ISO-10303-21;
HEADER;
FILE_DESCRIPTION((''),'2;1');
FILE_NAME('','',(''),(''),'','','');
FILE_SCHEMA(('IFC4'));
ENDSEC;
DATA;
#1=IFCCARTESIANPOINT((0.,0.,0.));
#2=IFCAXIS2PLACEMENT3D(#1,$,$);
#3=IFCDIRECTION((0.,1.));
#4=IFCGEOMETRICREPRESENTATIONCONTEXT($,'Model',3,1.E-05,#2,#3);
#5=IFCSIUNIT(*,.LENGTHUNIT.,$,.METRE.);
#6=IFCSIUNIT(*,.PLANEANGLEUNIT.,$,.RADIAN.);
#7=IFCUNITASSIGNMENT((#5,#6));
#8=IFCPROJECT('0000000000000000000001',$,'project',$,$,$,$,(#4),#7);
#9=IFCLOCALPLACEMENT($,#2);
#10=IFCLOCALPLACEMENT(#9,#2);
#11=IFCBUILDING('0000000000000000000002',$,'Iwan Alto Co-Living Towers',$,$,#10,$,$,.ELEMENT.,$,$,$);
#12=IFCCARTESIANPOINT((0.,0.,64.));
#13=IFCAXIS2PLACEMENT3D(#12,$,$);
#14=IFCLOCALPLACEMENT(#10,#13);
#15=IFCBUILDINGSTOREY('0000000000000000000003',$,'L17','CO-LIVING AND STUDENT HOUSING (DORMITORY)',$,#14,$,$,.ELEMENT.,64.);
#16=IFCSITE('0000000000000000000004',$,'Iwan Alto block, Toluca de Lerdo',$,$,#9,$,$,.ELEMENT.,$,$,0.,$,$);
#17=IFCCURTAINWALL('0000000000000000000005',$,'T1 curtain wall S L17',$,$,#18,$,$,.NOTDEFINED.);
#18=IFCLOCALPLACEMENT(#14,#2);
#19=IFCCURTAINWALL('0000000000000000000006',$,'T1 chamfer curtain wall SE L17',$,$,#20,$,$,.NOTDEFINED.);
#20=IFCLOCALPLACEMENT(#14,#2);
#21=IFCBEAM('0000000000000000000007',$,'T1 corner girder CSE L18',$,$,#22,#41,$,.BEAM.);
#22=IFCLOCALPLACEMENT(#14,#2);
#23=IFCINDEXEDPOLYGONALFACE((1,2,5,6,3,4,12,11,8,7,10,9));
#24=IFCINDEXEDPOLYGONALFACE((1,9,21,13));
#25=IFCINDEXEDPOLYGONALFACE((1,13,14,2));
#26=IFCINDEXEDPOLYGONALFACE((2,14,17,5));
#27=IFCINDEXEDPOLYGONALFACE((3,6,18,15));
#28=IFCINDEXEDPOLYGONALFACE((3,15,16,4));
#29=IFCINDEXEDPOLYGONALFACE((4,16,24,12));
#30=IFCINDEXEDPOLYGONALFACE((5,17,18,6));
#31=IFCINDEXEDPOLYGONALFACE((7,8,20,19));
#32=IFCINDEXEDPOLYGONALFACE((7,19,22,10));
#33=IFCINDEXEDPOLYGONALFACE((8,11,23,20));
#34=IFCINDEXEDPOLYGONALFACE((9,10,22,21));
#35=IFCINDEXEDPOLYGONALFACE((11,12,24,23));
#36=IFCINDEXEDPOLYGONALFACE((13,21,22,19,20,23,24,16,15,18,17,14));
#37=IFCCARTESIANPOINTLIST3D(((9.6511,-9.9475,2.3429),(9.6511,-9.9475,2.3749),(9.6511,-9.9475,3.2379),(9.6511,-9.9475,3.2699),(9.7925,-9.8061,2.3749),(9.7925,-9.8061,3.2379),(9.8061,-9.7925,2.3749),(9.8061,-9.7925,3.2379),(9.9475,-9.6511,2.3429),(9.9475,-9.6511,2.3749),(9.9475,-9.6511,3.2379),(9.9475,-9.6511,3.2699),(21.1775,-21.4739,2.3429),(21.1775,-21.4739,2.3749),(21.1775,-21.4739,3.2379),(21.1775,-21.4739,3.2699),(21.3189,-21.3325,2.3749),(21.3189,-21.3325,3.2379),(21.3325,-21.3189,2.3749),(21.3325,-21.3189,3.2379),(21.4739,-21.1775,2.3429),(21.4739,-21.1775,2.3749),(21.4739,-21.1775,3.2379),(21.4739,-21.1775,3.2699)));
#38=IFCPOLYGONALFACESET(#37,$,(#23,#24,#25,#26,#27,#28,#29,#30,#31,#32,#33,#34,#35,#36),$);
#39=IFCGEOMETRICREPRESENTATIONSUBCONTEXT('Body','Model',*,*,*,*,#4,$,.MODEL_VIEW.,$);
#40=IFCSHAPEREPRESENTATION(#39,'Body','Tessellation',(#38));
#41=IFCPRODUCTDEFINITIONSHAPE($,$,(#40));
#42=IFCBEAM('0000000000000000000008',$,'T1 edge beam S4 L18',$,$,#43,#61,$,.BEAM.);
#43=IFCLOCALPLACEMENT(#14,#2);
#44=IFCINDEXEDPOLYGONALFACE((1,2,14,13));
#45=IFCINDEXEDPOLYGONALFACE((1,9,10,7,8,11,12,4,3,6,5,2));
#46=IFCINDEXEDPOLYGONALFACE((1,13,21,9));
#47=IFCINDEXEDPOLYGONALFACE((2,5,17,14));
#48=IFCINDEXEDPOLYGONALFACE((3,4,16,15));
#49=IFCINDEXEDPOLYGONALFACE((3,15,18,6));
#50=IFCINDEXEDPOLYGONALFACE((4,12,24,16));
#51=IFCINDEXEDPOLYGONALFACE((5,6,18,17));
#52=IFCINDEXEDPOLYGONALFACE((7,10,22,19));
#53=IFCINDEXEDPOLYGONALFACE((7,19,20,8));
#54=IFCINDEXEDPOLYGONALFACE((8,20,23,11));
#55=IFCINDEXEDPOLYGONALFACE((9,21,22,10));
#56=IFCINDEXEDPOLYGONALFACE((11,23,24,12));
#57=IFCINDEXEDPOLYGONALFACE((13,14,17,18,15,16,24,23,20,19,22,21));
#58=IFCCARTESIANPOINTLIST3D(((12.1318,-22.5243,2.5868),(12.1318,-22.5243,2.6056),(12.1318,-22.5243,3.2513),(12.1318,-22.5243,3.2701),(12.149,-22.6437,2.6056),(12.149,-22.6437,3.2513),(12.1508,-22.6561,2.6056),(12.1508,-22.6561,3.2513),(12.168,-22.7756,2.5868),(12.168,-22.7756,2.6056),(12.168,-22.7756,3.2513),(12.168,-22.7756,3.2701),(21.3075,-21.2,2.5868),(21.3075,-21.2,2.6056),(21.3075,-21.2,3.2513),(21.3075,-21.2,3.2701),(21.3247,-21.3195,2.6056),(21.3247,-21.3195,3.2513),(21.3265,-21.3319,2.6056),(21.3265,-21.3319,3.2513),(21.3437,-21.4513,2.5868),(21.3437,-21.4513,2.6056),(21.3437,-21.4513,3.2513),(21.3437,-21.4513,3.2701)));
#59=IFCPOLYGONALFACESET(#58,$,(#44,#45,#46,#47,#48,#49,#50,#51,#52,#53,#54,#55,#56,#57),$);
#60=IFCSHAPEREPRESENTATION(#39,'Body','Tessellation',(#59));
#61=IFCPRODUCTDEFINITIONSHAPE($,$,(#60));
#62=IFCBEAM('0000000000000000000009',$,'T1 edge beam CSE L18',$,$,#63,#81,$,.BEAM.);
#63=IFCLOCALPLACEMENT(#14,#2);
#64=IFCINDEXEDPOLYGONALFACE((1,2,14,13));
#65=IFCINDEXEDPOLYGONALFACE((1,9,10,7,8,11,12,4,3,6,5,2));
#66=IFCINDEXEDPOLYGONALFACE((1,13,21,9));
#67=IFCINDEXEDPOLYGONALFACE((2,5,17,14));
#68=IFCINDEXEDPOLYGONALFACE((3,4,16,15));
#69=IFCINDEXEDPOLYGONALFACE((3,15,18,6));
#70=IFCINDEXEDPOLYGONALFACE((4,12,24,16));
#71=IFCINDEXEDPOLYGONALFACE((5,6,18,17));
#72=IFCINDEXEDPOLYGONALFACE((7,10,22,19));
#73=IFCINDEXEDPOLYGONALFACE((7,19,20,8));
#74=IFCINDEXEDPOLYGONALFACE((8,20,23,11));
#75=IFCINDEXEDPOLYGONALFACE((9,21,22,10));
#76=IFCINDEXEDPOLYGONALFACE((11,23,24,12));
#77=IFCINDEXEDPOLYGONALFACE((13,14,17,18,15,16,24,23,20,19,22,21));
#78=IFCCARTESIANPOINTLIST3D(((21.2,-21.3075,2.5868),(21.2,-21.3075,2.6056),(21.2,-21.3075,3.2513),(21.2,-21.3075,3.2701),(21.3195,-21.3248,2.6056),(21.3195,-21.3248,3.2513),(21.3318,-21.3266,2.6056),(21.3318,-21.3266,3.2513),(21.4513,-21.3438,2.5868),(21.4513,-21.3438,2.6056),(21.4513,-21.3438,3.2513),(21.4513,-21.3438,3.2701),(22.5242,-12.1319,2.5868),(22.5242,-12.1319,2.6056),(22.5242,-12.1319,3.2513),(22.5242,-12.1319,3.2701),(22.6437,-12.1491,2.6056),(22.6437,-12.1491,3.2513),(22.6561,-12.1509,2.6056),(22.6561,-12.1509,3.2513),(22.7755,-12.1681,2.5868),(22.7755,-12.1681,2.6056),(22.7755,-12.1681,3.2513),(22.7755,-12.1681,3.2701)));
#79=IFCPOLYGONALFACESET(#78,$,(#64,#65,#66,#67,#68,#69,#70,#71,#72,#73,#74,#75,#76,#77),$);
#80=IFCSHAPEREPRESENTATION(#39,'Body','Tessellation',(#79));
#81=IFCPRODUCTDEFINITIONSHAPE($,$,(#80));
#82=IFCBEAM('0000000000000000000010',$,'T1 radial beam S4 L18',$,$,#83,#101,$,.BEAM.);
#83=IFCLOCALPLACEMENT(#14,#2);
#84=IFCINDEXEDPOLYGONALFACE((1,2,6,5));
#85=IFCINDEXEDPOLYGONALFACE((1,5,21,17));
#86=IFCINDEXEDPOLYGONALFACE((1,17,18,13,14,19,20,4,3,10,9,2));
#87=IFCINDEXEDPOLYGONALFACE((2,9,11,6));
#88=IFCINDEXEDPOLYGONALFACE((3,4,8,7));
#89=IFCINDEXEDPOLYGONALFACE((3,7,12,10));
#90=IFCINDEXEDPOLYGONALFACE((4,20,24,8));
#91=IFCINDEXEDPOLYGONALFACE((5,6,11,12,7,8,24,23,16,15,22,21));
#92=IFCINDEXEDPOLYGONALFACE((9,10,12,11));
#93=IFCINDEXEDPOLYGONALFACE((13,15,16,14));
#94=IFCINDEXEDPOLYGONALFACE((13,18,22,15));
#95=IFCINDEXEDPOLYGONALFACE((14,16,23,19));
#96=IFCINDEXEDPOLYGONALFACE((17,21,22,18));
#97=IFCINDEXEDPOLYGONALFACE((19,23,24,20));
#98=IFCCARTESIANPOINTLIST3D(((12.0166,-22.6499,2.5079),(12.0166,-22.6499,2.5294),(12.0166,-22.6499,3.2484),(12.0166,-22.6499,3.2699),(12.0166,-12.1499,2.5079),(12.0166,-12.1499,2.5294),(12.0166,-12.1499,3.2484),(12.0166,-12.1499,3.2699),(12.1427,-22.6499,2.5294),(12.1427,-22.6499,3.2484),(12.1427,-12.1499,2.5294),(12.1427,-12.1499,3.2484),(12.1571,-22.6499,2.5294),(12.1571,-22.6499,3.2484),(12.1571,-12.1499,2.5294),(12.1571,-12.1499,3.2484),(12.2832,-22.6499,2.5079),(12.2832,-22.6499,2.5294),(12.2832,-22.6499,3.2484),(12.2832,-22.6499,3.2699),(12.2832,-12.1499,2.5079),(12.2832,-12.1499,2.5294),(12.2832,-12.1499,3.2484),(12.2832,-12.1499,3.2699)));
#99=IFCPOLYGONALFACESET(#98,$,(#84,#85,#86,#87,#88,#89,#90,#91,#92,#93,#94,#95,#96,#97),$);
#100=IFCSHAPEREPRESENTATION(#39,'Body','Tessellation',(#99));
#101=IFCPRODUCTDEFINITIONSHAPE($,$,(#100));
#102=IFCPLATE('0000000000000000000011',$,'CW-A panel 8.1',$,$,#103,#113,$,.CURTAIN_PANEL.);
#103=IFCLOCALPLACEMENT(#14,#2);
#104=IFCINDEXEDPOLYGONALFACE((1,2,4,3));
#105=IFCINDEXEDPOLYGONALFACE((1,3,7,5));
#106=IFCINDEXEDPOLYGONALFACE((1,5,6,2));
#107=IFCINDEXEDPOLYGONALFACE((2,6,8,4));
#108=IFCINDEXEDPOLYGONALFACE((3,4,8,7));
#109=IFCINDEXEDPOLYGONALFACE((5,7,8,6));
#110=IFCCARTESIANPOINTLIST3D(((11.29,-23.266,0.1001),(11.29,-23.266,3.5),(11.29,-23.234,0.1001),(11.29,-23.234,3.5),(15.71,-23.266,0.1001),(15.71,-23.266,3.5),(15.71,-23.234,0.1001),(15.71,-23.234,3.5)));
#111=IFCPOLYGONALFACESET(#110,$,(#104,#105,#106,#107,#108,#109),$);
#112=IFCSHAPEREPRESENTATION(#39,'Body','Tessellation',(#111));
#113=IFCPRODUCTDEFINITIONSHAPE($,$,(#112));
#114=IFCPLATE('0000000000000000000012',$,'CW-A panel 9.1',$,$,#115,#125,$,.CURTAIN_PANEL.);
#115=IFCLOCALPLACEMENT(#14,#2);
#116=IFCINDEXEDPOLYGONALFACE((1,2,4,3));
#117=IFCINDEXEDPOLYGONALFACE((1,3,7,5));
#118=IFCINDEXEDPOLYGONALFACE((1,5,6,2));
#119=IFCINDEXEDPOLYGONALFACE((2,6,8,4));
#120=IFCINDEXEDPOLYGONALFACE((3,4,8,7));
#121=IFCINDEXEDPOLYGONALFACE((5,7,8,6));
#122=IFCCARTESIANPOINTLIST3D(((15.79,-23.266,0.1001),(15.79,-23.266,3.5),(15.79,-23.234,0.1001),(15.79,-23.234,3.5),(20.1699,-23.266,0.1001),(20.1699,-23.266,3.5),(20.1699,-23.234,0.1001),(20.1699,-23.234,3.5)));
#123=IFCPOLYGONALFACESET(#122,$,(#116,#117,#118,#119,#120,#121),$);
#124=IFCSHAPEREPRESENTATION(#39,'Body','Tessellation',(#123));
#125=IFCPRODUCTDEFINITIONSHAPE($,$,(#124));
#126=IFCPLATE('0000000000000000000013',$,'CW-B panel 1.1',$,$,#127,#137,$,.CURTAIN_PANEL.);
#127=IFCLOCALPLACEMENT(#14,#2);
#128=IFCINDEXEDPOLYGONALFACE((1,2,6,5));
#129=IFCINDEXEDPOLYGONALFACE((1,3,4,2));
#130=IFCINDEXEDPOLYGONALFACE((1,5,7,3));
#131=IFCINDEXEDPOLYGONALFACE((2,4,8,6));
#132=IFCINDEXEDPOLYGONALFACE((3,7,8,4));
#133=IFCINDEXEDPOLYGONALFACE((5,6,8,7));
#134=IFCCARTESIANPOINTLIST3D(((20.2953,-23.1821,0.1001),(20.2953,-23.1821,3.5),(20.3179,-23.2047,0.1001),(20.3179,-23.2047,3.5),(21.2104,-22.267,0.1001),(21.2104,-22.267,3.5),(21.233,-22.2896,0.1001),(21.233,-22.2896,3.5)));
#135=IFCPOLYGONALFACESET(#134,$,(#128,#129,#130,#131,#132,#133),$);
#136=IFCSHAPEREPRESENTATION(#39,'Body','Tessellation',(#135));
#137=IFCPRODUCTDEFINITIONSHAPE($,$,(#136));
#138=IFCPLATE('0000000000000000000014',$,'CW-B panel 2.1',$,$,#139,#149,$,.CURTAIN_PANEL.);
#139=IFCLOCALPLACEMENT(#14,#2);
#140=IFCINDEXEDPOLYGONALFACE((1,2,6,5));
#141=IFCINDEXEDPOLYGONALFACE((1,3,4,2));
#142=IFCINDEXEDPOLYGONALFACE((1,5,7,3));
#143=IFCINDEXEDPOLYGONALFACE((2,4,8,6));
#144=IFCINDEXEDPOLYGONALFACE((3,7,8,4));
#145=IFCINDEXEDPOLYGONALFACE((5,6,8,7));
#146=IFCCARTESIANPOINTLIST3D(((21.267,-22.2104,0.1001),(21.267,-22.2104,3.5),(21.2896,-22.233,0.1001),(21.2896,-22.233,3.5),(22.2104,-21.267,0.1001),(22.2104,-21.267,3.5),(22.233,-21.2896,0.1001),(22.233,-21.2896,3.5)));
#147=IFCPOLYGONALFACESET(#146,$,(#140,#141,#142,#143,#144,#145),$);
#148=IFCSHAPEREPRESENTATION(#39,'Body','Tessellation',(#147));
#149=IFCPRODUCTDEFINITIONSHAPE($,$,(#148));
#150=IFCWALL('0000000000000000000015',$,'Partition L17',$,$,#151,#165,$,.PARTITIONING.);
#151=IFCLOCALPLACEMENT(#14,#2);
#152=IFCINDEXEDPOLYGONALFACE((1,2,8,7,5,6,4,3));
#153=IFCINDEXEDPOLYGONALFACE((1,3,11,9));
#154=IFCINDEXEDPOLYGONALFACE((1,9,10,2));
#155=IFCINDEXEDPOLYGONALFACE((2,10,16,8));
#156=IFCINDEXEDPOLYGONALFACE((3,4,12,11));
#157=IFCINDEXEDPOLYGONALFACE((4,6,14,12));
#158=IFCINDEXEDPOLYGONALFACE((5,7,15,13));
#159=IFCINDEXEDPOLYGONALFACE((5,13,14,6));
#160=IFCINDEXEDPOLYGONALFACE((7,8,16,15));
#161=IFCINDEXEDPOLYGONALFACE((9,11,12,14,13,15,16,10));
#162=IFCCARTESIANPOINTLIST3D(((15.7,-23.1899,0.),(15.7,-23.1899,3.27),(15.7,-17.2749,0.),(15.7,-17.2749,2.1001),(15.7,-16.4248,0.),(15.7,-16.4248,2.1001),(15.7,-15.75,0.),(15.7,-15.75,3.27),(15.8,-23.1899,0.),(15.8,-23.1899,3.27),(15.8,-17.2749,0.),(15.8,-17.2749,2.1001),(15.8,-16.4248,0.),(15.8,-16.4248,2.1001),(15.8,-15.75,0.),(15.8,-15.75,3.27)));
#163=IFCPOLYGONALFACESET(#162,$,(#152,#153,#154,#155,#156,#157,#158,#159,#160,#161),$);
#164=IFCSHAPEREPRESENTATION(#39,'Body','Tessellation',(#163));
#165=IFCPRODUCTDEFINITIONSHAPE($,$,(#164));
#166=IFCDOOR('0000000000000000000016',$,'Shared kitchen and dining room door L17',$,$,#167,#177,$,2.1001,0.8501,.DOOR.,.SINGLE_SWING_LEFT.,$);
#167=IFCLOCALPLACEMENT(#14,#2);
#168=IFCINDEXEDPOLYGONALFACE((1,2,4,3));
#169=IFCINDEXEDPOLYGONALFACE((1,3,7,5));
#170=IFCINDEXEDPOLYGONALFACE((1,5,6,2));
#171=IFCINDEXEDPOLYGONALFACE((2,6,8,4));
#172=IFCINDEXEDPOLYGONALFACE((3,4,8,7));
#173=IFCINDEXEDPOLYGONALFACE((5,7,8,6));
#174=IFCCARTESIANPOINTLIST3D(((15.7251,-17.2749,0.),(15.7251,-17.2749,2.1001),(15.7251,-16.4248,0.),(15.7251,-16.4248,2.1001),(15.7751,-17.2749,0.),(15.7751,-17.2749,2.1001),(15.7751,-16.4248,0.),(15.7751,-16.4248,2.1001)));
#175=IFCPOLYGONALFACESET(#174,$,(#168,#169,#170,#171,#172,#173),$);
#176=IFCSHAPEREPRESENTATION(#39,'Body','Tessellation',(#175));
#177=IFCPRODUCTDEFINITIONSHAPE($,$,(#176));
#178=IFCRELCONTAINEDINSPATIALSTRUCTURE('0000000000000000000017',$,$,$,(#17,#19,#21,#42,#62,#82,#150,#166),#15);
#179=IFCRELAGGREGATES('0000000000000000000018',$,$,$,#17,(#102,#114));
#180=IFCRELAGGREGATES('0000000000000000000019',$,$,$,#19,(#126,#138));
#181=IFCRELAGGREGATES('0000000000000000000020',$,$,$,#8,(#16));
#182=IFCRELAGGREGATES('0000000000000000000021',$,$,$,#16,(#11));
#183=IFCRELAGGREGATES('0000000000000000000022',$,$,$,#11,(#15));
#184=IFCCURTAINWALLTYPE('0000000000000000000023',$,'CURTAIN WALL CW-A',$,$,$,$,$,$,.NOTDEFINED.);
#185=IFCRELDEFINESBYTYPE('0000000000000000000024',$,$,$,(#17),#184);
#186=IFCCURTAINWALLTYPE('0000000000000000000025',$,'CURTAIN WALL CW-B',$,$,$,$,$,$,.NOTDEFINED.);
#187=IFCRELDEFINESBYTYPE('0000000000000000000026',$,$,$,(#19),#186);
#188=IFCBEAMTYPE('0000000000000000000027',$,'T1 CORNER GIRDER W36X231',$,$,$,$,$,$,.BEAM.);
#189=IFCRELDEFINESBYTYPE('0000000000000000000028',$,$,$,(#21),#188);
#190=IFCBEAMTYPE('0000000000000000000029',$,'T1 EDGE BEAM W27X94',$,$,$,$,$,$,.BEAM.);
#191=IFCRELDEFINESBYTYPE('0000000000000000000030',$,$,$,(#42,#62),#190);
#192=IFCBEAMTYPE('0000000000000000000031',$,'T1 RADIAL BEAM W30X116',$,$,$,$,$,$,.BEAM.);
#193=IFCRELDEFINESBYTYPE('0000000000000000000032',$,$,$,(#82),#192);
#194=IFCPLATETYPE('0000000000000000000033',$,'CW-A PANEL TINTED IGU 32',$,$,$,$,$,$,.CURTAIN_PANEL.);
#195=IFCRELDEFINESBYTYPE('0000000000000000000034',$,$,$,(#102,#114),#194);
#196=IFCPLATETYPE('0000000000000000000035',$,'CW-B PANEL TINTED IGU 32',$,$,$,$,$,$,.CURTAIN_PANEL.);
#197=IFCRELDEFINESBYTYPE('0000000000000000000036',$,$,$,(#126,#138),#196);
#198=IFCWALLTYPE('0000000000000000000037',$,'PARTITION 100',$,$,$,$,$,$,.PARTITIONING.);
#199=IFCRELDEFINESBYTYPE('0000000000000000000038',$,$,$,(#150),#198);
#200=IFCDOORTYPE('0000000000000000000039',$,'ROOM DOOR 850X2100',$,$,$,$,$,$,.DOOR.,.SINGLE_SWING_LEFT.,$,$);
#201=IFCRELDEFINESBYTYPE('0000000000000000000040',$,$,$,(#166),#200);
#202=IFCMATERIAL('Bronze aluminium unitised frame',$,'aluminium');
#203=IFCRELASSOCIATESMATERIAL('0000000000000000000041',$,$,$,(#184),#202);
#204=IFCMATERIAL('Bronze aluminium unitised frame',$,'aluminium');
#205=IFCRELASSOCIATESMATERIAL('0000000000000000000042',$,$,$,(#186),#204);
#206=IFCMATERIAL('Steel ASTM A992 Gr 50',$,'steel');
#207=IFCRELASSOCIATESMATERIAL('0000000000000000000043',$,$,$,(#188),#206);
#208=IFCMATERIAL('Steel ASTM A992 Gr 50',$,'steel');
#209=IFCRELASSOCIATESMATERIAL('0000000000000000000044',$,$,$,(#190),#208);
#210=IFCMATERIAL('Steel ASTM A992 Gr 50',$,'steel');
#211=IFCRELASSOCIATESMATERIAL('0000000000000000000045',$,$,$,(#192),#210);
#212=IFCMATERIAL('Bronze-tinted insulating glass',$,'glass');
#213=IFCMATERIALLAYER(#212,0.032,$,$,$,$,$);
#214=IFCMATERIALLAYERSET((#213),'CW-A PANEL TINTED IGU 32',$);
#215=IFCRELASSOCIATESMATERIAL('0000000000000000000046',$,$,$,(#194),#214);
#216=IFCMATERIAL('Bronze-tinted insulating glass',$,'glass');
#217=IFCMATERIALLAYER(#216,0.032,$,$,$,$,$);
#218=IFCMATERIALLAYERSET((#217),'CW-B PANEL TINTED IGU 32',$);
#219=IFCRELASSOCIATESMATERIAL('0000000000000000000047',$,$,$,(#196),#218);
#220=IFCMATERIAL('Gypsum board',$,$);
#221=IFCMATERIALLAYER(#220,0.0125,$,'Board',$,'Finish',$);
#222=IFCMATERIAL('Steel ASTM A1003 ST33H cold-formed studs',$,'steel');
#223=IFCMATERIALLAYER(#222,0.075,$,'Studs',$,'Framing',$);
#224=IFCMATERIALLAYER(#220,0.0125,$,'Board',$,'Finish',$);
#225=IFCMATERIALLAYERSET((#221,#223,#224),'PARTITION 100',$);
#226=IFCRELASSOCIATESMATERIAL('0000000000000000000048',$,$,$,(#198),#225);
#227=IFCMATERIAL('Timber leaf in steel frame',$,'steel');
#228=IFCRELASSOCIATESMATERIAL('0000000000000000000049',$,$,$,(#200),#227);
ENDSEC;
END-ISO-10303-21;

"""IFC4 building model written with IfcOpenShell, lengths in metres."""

from ifc_helpers import new_model, si_unit, direction, frame, frame_2d, origin, origin_2d, place, context, subcontext, project, spatial, rectangle, i_section, extrude, material, layer, layer_set, material_profile, profile_set, type_object, element, fill, aggregate, save


model = new_model("IFC4")

# Units and contexts
model_context = context("Model", 3, precision=1e-05, world=origin(), true_north=direction((0.0, 1.0)))
body_context = subcontext(model_context, "Body", "Model", "MODEL_VIEW")
ifc_project = project(units=[si_unit("LENGTHUNIT", "METRE"), si_unit("PLANEANGLEUNIT", "RADIAN")], contexts=[model_context])

# Site, building, storey
site_placement = place(None, origin())
site = spatial("IfcSite", under=ifc_project, at=site_placement, Name="Iwan Alto block, Toluca de Lerdo", CompositionType="ELEMENT", RefElevation=0.0)
building_placement = place(site_placement, origin())
building = spatial("IfcBuilding", under=site, at=building_placement, Name="Iwan Alto Co-Living Towers", CompositionType="ELEMENT")
storey_placement = place(building_placement, frame((0.0, 0.0, 64.0)))
storey = spatial("IfcBuildingStorey", under=building, at=storey_placement, Name="L17", Description="CO-LIVING AND STUDENT HOUSING (DORMITORY)", CompositionType="ELEMENT", Elevation=64.0)

# Curtain walls
ifc_material_1 = material(Name="Bronze aluminium unitised frame", Category="aluminium")
curtain_wall_type_1 = type_object("IfcCurtainWallType", Name="CURTAIN WALL CW-A", PredefinedType="NOTDEFINED", material=ifc_material_1)
curtain_wall_1_placement = place(storey_placement, origin())
curtain_wall_1 = element("IfcCurtainWall", 1, at=curtain_wall_1_placement, inside=storey, type_object=curtain_wall_type_1, Name="T1 curtain wall S L17", PredefinedType="NOTDEFINED")
ifc_material_2 = material(Name="Bronze aluminium unitised frame", Category="aluminium")
curtain_wall_type_2 = type_object("IfcCurtainWallType", Name="CURTAIN WALL CW-B", PredefinedType="NOTDEFINED", material=ifc_material_2)
curtain_wall_2_placement = place(storey_placement, origin())
curtain_wall_2 = element("IfcCurtainWall", 2, at=curtain_wall_2_placement, inside=storey, type_object=curtain_wall_type_2, Name="T1 chamfer curtain wall SE L17", PredefinedType="NOTDEFINED")

# Beams
ifc_material_3 = material(Name="Steel ASTM A992 Gr 50", Category="steel")
ifc_material_profile_1 = material_profile(ifc_material_3, i_section(OverallWidth=0.4192, OverallDepth=0.927, WebThickness=0.0193, FlangeThickness=0.032, at=origin_2d()), Name="W36X231")
ifc_profile_set_1 = profile_set([ifc_material_profile_1], Name="Steel ASTM A992 Gr 50")
beam_type_1 = type_object("IfcBeamType", Name="T1 CORNER GIRDER W36X231", PredefinedType="BEAM", material=ifc_profile_set_1)
beam_1_placement = place(storey_placement, frame((21.3257, -21.3257, 2.8064), z_axis=(-0.707107, 0.707107, 0.0), x_axis=(-0.707107, -0.707107, 0.0)))
element("IfcBeam", 3, at=beam_1_placement, inside=storey, type_object=beam_type_1, Name="T1 corner girder CSE L18", PredefinedType="BEAM", context=body_context, shape_type="SweptSolid", body=[
    extrude(i_section(OverallWidth=0.4192, OverallDepth=0.927, WebThickness=0.0193, FlangeThickness=0.032, at=origin_2d()), origin(), (0.0, 0.0, 1.0), 16.3008),
])
ifc_material_4 = material(Name="Steel ASTM A992 Gr 50", Category="steel")
ifc_material_profile_2 = material_profile(ifc_material_4, i_section(OverallWidth=0.2539, OverallDepth=0.6833, WebThickness=0.0125, FlangeThickness=0.0188, at=origin_2d()), Name="W27X94")
ifc_profile_set_2 = profile_set([ifc_material_profile_2], Name="Steel ASTM A992 Gr 50")
beam_type_2 = type_object("IfcBeamType", Name="T1 EDGE BEAM W27X94", PredefinedType="BEAM", material=ifc_profile_set_2)
for number, where, z_axis, x_axis, name in (
    (4, (12.1499, -22.6499, 2.9285), (0.989746, 0.142837, 0.0), (-0.142837, 0.989746, 0.0), "T1 edge beam S4 L18"),
    (5, (21.3257, -21.3257, 2.9285), (0.142837, 0.989746, 0.0), (-0.989746, 0.142837, 0.0), "T1 edge beam CSE L18"),
):
    element("IfcBeam", number, at=place(storey_placement, frame(where, z_axis=z_axis, x_axis=x_axis)), inside=storey, type_object=beam_type_2, Name=name, PredefinedType="BEAM", context=body_context, shape_type="SweptSolid", body=[
        extrude(i_section(OverallWidth=0.2539, OverallDepth=0.6833, WebThickness=0.0125, FlangeThickness=0.0188, at=origin_2d()), origin(), (0.0, 0.0, 1.0), 9.2708),
    ])
ifc_material_5 = material(Name="Steel ASTM A992 Gr 50", Category="steel")
ifc_material_profile_3 = material_profile(ifc_material_5, i_section(OverallWidth=0.2666, OverallDepth=0.762, WebThickness=0.0144, FlangeThickness=0.0215, at=origin_2d()), Name="W30X116")
ifc_profile_set_3 = profile_set([ifc_material_profile_3], Name="Steel ASTM A992 Gr 50")
beam_type_3 = type_object("IfcBeamType", Name="T1 RADIAL BEAM W30X116", PredefinedType="BEAM", material=ifc_profile_set_3)
beam_2_placement = place(storey_placement, frame((12.1499, -22.6499, 2.8889), z_axis=(0.0, 1.0, 0.0), x_axis=(-1.0, 0.0, 0.0)))
element("IfcBeam", 6, at=beam_2_placement, inside=storey, type_object=beam_type_3, Name="T1 radial beam S4 L18", PredefinedType="BEAM", context=body_context, shape_type="SweptSolid", body=[
    extrude(i_section(OverallWidth=0.2666, OverallDepth=0.762, WebThickness=0.0144, FlangeThickness=0.0215, at=origin_2d()), origin(), (0.0, 0.0, 1.0), 10.5),
])

# Plates
ifc_material_6 = material(Name="Bronze-tinted insulating glass", Category="glass")
ifc_layer_1 = layer(ifc_material_6, 0.032)
ifc_layer_set_1 = layer_set([ifc_layer_1], Name="CW-A PANEL TINTED IGU 32")
plate_type_1 = type_object("IfcPlateType", Name="CW-A PANEL TINTED IGU 32", PredefinedType="CURTAIN_PANEL", material=ifc_layer_set_1)
plate_1_placement = place(storey_placement, frame((13.5, -23.25, 0.1001), z_axis=(0.0, 0.0, 1.0), x_axis=(1.0, 0.0, 0.0)))
plate_1 = element("IfcPlate", 7, at=plate_1_placement, type_object=plate_type_1, Name="CW-A panel 8.1", PredefinedType="CURTAIN_PANEL", context=body_context, shape_type="SweptSolid", body=[
    extrude(rectangle(XDim=4.4199, YDim=0.032, at=origin_2d()), origin(), (0.0, 0.0, 1.0), 3.3999),
])
plate_2_placement = place(storey_placement, frame((17.98, -23.25, 0.1001), z_axis=(0.0, 0.0, 1.0), x_axis=(1.0, 0.0, 0.0)))
plate_2 = element("IfcPlate", 8, at=plate_2_placement, type_object=plate_type_1, Name="CW-A panel 9.1", PredefinedType="CURTAIN_PANEL", context=body_context, shape_type="SweptSolid", body=[
    extrude(rectangle(XDim=4.3799, YDim=0.032, at=origin_2d()), origin(), (0.0, 0.0, 1.0), 3.3999),
])
aggregate(curtain_wall_1, [plate_1, plate_2])
ifc_material_7 = material(Name="Bronze-tinted insulating glass", Category="glass")
ifc_layer_2 = layer(ifc_material_7, 0.032)
ifc_layer_set_2 = layer_set([ifc_layer_2], Name="CW-B PANEL TINTED IGU 32")
plate_type_2 = type_object("IfcPlateType", Name="CW-B PANEL TINTED IGU 32", PredefinedType="CURTAIN_PANEL", material=ifc_layer_set_2)
plate_3_placement = place(storey_placement, frame((20.7642, -22.7358, 0.1001), z_axis=(0.0, 0.0, 1.0), x_axis=(0.707107, 0.707107, 0.0)))
plate_3 = element("IfcPlate", 9, at=plate_3_placement, type_object=plate_type_2, Name="CW-B panel 1.1", PredefinedType="CURTAIN_PANEL", context=body_context, shape_type="SweptSolid", body=[
    extrude(rectangle(XDim=1.2942, YDim=0.032, at=origin_2d()), origin(), (0.0, 0.0, 1.0), 3.3999),
])
plate_4_placement = place(storey_placement, frame((21.75, -21.75, 0.1001), z_axis=(0.0, 0.0, 1.0), x_axis=(0.707107, 0.707107, 0.0)))
plate_4 = element("IfcPlate", 10, at=plate_4_placement, type_object=plate_type_2, Name="CW-B panel 2.1", PredefinedType="CURTAIN_PANEL", context=body_context, shape_type="SweptSolid", body=[
    extrude(rectangle(XDim=1.3342, YDim=0.032, at=origin_2d()), origin(), (0.0, 0.0, 1.0), 3.3999),
])
aggregate(curtain_wall_2, [plate_3, plate_4])

# Wall, opening, door
ifc_material_8 = material(Name="Gypsum board")
ifc_layer_3 = layer(ifc_material_8, 0.0125, Name="Board", Category="Finish")
ifc_material_9 = material(Name="Steel ASTM A1003 ST33H cold-formed studs", Category="steel")
ifc_layer_4 = layer(ifc_material_9, 0.075, Name="Studs", Category="Framing")
ifc_layer_5 = layer(ifc_material_8, 0.0125, Name="Board", Category="Finish")
ifc_layer_set_3 = layer_set([ifc_layer_3, ifc_layer_4, ifc_layer_5], Name="PARTITION 100")
wall_type = type_object("IfcWallType", Name="PARTITION 100", PredefinedType="PARTITIONING", material=ifc_layer_set_3)
wall_placement = place(storey_placement, frame((15.75, -23.1899, 0.0), z_axis=(0.0, 0.0, 1.0), x_axis=(0.0, 1.0, 0.0)))
wall = element("IfcWall", 11, at=wall_placement, inside=storey, type_object=wall_type, Name="Partition L17", PredefinedType="PARTITIONING", context=body_context, shape_type="SweptSolid", body=[
    extrude(rectangle(XDim=7.4399, YDim=0.1001, at=frame_2d((3.72, 0.0))), origin(), (0.0, 0.0, 1.0), 3.27),
])
opening_placement = place(wall_placement, frame((5.915, 0.0, 0.0)))
opening = element("IfcOpeningElement", 12, at=opening_placement, cuts=wall, PredefinedType="OPENING", context=body_context, shape_type="SweptSolid", body=[
    extrude(rectangle(XDim=0.8501, YDim=2.1001, at=frame_2d((0.425, 1.05))), frame((0.0, 0.0601, 0.0), z_axis=(0.0, -1.0, 0.0), x_axis=(1.0, 0.0, 0.0)), (0.0, 0.0, 1.0), 0.1201),
])
ifc_material_10 = material(Name="Timber leaf in steel frame", Category="steel")
door_type = type_object("IfcDoorType", Name="ROOM DOOR 850X2100", OperationType="SINGLE_SWING_LEFT", PredefinedType="DOOR", material=ifc_material_10)
door_placement = place(opening_placement, origin())
door = element("IfcDoor", 13, at=door_placement, inside=storey, type_object=door_type, Name="Shared kitchen and dining room door L17", OperationType="SINGLE_SWING_LEFT", OverallHeight=2.1001, OverallWidth=0.8501, PredefinedType="DOOR", context=body_context, shape_type="SweptSolid", body=[
    extrude(rectangle(XDim=0.8501, YDim=2.1001, at=frame_2d((0.425, 1.05))), frame((0.0, 0.0249, 0.0), z_axis=(0.0, -1.0, 0.0), x_axis=(1.0, 0.0, 0.0)), (0.0, 0.0, 1.0), 0.05),
])
fill(opening, door)

save(model, "model.ifc")
